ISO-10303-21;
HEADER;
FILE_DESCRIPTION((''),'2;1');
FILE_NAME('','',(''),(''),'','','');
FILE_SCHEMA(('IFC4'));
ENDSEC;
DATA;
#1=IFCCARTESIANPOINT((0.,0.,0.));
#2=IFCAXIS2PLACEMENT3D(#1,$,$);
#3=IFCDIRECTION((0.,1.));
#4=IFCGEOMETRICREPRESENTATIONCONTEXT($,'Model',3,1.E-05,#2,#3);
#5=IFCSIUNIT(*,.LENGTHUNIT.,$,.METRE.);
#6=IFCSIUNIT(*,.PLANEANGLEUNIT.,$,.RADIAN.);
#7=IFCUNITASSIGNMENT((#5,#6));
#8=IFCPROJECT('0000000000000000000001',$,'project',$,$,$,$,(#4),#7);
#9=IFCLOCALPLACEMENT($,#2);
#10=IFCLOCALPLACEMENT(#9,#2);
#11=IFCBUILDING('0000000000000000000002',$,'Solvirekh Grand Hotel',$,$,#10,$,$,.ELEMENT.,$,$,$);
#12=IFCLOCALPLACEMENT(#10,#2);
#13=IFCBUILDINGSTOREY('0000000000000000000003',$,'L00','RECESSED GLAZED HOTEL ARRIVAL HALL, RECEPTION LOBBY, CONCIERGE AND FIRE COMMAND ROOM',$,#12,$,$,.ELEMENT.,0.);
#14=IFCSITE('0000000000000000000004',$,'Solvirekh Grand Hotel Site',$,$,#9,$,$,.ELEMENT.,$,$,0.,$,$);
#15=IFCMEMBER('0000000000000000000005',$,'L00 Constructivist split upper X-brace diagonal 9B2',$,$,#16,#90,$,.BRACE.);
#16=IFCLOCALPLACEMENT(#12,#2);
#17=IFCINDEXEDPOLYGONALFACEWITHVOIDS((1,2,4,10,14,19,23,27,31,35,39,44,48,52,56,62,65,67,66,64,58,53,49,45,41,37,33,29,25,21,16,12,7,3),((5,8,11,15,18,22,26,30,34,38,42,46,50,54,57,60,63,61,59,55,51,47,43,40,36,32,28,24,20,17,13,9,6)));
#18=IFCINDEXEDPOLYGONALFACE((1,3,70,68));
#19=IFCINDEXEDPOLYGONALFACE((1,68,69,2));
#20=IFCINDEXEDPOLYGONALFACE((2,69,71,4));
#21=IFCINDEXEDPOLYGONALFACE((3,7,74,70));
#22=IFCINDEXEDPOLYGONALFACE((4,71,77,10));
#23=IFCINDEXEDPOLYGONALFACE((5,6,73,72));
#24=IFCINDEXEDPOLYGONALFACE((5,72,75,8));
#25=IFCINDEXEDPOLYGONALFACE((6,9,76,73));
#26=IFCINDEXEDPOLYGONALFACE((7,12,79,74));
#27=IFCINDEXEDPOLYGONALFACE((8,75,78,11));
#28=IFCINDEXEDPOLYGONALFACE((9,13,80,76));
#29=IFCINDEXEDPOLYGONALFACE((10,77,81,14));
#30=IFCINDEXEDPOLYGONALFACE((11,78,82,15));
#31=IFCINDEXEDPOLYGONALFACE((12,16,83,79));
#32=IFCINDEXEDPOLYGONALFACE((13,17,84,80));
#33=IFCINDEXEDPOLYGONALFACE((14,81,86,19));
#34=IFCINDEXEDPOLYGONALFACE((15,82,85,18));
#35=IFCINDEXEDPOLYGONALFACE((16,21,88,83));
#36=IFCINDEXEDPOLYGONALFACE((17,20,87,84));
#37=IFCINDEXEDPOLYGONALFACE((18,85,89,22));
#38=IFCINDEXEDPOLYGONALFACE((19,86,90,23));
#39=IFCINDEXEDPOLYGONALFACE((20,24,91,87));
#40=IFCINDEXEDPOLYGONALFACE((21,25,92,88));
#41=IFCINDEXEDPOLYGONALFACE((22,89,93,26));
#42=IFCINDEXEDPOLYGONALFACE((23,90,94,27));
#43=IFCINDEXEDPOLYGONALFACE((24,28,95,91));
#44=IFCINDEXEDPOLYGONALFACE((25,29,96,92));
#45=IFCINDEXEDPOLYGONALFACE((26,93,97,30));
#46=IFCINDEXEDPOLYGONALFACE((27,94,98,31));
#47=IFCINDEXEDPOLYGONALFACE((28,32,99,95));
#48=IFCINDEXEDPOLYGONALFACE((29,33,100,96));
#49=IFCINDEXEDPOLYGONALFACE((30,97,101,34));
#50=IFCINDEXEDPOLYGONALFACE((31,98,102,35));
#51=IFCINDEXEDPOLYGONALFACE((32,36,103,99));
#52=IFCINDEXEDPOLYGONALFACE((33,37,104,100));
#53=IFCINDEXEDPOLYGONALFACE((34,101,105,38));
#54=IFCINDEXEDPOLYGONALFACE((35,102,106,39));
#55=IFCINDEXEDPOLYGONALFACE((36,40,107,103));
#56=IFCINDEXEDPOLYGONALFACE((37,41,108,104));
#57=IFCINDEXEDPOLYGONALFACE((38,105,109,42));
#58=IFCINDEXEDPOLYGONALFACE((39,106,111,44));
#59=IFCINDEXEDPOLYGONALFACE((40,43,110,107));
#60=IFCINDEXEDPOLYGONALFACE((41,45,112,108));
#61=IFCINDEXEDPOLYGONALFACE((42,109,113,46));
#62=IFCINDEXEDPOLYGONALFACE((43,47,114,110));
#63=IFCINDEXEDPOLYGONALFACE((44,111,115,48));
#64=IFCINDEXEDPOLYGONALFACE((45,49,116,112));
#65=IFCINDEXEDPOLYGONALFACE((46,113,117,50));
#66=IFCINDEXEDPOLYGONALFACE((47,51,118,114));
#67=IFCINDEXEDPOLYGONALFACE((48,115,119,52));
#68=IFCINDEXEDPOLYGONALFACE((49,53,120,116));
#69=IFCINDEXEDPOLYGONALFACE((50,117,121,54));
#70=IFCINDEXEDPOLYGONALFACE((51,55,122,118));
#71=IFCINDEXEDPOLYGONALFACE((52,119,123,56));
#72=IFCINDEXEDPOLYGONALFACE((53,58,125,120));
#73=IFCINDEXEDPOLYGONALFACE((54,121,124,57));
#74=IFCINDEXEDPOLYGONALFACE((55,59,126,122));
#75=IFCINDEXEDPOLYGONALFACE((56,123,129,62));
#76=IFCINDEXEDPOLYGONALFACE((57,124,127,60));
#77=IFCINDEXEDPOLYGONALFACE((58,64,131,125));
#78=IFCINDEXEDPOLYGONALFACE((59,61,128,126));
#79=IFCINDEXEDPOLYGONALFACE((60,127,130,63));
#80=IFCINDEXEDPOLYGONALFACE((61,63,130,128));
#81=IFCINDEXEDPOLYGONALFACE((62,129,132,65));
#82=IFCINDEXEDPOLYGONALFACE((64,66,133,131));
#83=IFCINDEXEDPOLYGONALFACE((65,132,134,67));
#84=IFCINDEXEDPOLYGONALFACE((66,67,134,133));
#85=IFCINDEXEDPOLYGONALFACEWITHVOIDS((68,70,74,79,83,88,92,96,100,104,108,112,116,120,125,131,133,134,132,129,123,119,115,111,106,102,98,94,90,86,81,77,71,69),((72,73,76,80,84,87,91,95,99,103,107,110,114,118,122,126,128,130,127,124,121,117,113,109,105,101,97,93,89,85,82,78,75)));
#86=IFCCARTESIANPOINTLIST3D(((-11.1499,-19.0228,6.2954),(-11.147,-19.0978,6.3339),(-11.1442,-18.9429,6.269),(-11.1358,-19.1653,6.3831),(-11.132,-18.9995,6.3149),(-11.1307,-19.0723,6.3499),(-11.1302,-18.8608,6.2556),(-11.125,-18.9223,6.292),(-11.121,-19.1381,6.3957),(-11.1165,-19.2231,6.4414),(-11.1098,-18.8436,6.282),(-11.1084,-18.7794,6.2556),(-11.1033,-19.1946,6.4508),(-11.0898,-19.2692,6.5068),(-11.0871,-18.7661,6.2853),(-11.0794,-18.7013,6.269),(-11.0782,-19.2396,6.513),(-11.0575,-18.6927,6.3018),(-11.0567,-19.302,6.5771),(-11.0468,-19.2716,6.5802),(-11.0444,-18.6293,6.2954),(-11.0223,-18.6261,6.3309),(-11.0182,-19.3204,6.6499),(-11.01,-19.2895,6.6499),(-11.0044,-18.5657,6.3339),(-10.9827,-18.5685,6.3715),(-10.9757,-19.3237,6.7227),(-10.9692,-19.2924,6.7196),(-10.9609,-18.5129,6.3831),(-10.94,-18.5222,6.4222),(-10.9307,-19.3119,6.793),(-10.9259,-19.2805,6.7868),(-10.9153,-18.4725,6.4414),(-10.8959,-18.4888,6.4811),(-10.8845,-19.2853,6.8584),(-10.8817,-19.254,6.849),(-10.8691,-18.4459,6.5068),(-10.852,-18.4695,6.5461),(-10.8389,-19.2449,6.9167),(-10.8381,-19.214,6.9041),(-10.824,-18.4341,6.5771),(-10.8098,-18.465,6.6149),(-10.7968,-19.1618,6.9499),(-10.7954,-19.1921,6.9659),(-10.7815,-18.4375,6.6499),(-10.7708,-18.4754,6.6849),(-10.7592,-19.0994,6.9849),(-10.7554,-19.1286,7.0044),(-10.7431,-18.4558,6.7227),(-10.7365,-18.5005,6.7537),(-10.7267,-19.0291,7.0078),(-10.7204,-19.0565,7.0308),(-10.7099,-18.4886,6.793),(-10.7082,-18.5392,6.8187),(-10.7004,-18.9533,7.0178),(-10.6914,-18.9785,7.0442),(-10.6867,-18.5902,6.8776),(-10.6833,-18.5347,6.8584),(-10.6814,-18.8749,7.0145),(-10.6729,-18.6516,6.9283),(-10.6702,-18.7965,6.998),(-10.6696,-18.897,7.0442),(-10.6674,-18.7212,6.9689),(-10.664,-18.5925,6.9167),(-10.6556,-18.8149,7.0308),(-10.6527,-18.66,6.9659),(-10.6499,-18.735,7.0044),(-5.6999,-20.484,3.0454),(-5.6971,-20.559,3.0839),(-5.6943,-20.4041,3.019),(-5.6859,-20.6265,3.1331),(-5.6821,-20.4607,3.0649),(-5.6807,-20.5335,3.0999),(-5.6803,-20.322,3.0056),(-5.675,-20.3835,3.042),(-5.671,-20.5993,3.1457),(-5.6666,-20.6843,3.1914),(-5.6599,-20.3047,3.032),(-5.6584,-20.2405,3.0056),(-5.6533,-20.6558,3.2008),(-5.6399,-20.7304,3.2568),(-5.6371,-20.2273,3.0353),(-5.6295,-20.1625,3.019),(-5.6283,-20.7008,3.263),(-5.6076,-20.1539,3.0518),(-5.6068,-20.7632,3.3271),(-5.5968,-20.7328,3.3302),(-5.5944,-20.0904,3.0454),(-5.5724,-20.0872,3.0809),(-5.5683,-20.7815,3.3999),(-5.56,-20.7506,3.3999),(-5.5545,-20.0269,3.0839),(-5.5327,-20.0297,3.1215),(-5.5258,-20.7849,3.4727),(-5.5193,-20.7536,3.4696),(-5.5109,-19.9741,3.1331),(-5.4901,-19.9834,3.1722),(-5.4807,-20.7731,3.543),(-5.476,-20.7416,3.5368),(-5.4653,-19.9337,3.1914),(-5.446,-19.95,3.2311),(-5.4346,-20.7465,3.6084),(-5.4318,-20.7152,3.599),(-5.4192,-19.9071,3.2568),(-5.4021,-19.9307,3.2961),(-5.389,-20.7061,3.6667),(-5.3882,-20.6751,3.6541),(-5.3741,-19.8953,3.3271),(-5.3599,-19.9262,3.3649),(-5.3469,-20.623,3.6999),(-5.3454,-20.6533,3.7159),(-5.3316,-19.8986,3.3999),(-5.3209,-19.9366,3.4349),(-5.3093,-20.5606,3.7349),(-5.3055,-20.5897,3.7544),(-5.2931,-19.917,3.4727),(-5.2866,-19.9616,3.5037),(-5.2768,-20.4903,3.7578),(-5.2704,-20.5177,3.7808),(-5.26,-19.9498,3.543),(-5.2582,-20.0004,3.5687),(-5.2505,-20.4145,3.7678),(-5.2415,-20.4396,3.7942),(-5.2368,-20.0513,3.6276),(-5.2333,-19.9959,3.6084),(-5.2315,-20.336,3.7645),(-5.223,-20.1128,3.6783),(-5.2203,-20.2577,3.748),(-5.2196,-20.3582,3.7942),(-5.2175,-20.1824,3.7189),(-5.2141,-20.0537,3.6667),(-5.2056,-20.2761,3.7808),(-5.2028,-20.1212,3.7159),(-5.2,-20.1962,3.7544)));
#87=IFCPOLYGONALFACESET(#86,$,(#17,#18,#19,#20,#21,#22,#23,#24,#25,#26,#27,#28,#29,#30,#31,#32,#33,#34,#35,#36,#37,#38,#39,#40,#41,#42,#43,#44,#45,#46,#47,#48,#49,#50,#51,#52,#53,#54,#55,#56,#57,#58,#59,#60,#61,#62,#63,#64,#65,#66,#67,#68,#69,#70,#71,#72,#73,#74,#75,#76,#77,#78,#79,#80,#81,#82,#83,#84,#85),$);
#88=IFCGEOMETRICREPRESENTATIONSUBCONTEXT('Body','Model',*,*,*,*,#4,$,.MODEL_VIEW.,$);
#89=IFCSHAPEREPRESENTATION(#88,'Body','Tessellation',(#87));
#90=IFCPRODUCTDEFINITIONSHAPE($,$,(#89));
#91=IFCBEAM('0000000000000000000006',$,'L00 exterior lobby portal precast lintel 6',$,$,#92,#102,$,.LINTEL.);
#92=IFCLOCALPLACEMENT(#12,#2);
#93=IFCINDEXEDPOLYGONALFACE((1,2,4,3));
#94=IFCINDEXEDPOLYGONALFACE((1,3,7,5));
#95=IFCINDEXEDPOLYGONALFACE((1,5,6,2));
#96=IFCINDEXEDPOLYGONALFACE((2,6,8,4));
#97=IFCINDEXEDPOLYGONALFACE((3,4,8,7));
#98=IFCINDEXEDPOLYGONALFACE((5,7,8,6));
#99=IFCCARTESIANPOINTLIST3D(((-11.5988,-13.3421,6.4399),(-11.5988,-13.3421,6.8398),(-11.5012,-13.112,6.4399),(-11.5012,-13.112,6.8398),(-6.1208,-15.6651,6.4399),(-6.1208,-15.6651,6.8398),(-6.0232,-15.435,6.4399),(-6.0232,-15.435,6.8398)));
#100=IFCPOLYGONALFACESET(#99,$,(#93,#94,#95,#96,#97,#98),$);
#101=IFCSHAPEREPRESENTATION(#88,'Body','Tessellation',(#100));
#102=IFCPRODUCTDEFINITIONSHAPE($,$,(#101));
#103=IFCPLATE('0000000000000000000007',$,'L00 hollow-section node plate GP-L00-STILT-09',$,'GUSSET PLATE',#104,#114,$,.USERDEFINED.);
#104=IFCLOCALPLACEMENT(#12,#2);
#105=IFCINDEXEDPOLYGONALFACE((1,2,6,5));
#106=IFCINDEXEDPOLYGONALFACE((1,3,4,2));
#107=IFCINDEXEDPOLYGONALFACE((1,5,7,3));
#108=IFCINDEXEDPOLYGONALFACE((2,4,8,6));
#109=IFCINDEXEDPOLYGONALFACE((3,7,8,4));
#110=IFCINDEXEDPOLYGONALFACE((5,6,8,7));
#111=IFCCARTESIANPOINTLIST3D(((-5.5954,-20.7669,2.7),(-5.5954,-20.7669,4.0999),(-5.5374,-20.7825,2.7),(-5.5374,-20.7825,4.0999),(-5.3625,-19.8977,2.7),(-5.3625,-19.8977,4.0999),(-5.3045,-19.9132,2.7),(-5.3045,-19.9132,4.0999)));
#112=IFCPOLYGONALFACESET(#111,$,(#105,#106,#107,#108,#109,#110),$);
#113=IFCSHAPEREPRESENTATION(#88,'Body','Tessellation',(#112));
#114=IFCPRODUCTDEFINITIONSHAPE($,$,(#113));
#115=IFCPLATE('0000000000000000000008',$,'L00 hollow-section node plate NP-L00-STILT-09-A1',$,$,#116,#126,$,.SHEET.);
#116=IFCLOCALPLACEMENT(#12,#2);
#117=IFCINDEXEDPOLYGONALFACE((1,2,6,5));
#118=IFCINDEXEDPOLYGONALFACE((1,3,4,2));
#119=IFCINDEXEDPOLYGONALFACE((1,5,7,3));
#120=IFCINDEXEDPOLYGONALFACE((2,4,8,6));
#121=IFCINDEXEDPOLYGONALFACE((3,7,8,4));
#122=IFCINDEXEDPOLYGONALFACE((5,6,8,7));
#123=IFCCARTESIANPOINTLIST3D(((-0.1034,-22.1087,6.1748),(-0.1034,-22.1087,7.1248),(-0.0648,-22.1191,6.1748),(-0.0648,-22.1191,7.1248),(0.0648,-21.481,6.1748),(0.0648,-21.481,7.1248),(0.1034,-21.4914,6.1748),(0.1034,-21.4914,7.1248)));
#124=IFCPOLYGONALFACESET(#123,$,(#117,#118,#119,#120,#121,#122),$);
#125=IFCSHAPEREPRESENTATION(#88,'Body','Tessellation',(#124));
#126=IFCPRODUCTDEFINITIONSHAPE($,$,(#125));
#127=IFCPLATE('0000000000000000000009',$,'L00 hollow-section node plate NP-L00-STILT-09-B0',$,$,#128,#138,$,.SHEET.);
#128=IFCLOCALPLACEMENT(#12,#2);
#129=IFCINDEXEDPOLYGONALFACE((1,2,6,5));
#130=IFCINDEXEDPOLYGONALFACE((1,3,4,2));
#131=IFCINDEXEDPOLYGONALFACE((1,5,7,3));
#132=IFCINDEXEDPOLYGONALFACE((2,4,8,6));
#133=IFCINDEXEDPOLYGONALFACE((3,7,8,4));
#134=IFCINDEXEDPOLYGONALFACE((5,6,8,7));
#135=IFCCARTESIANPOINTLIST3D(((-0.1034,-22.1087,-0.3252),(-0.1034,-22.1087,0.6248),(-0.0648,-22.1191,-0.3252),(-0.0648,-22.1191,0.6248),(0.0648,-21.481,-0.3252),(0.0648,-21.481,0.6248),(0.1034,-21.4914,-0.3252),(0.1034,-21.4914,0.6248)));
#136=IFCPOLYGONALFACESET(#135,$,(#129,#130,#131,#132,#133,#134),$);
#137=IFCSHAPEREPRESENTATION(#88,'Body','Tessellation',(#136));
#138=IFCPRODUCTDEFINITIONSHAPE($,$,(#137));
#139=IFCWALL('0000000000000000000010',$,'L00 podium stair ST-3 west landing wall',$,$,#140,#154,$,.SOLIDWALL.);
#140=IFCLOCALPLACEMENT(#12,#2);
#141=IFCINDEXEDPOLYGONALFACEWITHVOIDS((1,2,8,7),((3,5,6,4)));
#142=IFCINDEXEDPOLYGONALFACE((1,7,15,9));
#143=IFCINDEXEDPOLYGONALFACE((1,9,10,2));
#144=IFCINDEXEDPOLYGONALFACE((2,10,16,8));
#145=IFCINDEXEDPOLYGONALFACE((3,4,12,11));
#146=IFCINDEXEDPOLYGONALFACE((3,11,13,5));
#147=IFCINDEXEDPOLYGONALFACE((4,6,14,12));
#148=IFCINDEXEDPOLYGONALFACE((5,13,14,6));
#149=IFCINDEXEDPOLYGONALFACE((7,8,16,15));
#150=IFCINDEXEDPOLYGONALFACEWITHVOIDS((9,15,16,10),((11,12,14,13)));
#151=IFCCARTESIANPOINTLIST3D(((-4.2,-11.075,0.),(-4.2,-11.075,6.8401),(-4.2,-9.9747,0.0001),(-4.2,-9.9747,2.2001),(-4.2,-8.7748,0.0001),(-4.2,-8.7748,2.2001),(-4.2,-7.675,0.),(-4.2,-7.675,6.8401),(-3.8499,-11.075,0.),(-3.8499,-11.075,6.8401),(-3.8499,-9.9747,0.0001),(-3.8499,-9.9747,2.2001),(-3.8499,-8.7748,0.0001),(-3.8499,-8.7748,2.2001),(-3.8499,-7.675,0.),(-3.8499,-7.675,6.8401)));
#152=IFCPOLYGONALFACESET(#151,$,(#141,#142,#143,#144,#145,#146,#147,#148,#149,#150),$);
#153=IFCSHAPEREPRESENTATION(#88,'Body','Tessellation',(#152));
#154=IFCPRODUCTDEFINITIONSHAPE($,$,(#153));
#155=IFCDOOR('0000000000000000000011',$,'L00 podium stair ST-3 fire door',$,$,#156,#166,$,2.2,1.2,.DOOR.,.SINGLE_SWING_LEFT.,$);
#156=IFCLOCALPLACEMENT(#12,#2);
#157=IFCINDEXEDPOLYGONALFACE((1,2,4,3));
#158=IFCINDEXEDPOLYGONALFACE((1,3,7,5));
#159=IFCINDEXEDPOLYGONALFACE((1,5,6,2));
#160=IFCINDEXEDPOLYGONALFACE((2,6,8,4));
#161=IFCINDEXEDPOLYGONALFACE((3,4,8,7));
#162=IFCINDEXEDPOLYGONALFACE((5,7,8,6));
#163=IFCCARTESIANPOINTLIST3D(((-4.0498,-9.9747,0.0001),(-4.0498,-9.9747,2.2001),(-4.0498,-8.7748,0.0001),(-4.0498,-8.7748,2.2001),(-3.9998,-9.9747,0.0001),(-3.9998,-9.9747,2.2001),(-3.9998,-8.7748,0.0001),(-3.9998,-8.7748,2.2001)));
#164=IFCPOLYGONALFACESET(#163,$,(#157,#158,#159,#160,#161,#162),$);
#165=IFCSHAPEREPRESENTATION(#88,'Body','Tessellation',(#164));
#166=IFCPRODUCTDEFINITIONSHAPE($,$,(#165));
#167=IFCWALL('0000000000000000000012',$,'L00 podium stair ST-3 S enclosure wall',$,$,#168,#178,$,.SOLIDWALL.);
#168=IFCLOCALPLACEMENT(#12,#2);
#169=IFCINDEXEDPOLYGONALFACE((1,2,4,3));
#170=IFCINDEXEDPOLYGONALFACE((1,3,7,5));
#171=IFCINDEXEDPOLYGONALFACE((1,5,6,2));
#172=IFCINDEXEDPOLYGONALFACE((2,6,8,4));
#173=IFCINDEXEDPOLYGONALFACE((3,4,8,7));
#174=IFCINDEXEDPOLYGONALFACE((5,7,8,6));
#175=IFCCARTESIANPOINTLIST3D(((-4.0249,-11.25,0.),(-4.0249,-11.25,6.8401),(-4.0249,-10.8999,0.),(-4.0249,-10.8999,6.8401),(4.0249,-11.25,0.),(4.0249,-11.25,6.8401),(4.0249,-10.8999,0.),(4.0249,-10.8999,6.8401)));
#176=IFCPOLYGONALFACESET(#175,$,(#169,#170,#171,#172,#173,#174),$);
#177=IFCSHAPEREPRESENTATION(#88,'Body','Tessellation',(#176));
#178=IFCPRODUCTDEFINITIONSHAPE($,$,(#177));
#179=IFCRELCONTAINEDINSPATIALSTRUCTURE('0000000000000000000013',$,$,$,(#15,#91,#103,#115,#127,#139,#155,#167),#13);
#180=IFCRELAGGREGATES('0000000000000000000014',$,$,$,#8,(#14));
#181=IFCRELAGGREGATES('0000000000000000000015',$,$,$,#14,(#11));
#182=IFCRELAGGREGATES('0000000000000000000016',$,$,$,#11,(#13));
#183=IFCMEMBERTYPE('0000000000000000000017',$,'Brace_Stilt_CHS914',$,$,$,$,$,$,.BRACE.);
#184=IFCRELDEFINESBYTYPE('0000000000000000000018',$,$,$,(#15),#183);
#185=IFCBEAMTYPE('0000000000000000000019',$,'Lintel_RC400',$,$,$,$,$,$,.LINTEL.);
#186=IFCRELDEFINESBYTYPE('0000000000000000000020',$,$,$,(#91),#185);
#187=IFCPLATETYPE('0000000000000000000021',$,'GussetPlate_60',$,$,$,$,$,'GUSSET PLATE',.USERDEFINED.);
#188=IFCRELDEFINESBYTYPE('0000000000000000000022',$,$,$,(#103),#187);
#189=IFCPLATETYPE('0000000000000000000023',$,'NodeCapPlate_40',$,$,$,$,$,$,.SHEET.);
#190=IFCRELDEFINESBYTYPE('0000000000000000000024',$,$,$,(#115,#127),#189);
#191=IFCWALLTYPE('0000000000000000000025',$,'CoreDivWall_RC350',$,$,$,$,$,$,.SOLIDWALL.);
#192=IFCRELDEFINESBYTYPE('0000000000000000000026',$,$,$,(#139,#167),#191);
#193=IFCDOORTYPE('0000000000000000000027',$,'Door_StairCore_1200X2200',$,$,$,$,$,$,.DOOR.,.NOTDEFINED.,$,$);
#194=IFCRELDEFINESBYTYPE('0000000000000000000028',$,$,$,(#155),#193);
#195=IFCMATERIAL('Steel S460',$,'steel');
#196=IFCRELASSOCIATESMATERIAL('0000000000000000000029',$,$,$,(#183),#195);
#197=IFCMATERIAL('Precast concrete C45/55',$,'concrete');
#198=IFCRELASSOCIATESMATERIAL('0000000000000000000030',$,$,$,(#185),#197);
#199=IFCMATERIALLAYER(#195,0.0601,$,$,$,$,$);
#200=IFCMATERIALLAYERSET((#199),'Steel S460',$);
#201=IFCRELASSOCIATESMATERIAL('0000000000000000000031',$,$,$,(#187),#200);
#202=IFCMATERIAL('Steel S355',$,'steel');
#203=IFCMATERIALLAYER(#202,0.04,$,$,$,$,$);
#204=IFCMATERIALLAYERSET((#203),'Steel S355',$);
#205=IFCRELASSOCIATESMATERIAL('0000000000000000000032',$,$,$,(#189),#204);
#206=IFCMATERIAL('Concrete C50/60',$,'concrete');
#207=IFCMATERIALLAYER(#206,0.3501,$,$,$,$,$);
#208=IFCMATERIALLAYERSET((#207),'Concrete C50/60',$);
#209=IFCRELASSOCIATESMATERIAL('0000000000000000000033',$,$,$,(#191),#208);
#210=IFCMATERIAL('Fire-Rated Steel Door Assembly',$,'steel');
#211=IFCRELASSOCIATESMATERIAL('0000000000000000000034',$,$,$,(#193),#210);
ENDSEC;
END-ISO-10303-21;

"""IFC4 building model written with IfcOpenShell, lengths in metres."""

from ifc_helpers import new_model, si_unit, direction, frame, frame_2d, origin, origin_2d, place, context, subcontext, project, spatial, rectangle, hollow_circle, extrude, material, layer, layer_set, material_profile, profile_set, type_object, element, fill, save


model = new_model("IFC4")

# Units and contexts
model_context = context("Model", 3, precision=1e-05, world=origin(), true_north=direction((0.0, 1.0)))
body_context = subcontext(model_context, "Body", "Model", "MODEL_VIEW")
ifc_project = project(units=[si_unit("LENGTHUNIT", "METRE"), si_unit("PLANEANGLEUNIT", "RADIAN")], contexts=[model_context])

# Site, building, storey
site_placement = place(None, origin())
site = spatial("IfcSite", under=ifc_project, at=site_placement, Name="Solvirekh Grand Hotel Site", CompositionType="ELEMENT", RefElevation=0.0)
building_placement = place(site_placement, origin())
building = spatial("IfcBuilding", under=site, at=building_placement, Name="Solvirekh Grand Hotel", CompositionType="ELEMENT")
storey_placement = place(building_placement, origin())
storey = spatial("IfcBuildingStorey", under=building, at=storey_placement, Name="L00", Description="RECESSED GLAZED HOTEL ARRIVAL HALL, RECEPTION LOBBY, CONCIERGE AND FIRE COMMAND ROOM", CompositionType="ELEMENT", Elevation=0.0)

# Shared definitions
ifc_material_1 = material(Name="Steel S355", Category="steel")

# Member
ifc_material_2 = material(Name="Steel S460", Category="steel")
ifc_material_profile_1 = material_profile(ifc_material_2, hollow_circle(Radius=0.457, WallThickness=0.032, at=origin_2d()), Name="CHS 914X32")
ifc_profile_set_1 = profile_set([ifc_material_profile_1], Name="Steel S460")
member_type = type_object("IfcMemberType", Name="Brace_Stilt_CHS914", PredefinedType="BRACE", material=ifc_profile_set_1)
member_1_placement = place(storey_placement, frame((-5.45, -20.3401, 3.3999), z_axis=(-0.836974, 0.2244, 0.499118), x_axis=(-0.258963, -0.965887, 0.0)))
element("IfcMember", 1, at=member_1_placement, inside=storey, type_object=member_type, Name="L00 Constructivist split upper X-brace diagonal 9B2", PredefinedType="BRACE", context=body_context, shape_type="SweptSolid", body=[
    extrude(hollow_circle(Radius=0.457, WallThickness=0.032, at=origin_2d()), origin(), (0.0, 0.0, 1.0), 6.5115),
])

# Beam
ifc_material_3 = material(Name="Precast concrete C45/55", Category="concrete")
ifc_material_profile_2 = material_profile(ifc_material_3, rectangle(XDim=0.25, YDim=0.3999, at=origin_2d()), Name="RC LINTEL 250X400")
ifc_profile_set_2 = profile_set([ifc_material_profile_2], Name="Precast concrete C45/55")
beam_type = type_object("IfcBeamType", Name="Lintel_RC400", PredefinedType="LINTEL", material=ifc_profile_set_2)
beam_placement = place(storey_placement, frame((-6.072, -15.55, 6.6399), z_axis=(-0.920643, 0.390405, 0.0), x_axis=(-0.390405, -0.920643, 0.0)))
element("IfcBeam", 2, at=beam_placement, inside=storey, type_object=beam_type, Name="L00 exterior lobby portal precast lintel 6", PredefinedType="LINTEL", context=body_context, shape_type="SweptSolid", body=[
    extrude(rectangle(XDim=0.25, YDim=0.3999, at=origin_2d()), origin(), (0.0, 0.0, 1.0), 5.9502),
])

# Plates
ifc_layer_1 = layer(ifc_material_2, 0.0601)
ifc_layer_set_1 = layer_set([ifc_layer_1], Name="Steel S460")
plate_type_1 = type_object("IfcPlateType", Name="GussetPlate_60", ElementType="GUSSET PLATE", PredefinedType="USERDEFINED", material=ifc_layer_set_1)
plate_placement = place(storey_placement, frame((-5.45, -20.3401, 2.7), z_axis=(0.0, 0.0, 1.0), x_axis=(0.965926, -0.258819, 0.0)))
element("IfcPlate", 3, at=plate_placement, inside=storey, type_object=plate_type_1, Name="L00 hollow-section node plate GP-L00-STILT-09", ObjectType="GUSSET PLATE", PredefinedType="USERDEFINED", context=body_context, shape_type="SweptSolid", body=[
    extrude(rectangle(XDim=0.0601, YDim=0.8999, at=origin_2d()), origin(), (0.0, 0.0, 1.0), 1.3999),
])
ifc_layer_2 = layer(ifc_material_1, 0.04)
ifc_layer_set_2 = layer_set([ifc_layer_2], Name="Steel S355")
plate_type_2 = type_object("IfcPlateType", Name="NodeCapPlate_40", PredefinedType="SHEET", material=ifc_layer_set_2)
for number, where, z_axis, x_axis, name in (
    (4, (0.0, -21.8, 6.1748), (0.0, 0.0, 1.0), (0.965926, -0.258819, 0.0), "L00 hollow-section node plate NP-L00-STILT-09-A1"),
    (5, (0.0, -21.8, -0.3252), (0.0, 0.0, 1.0), (0.965926, -0.258819, 0.0), "L00 hollow-section node plate NP-L00-STILT-09-B0"),
):
    element("IfcPlate", number, at=place(storey_placement, frame(where, z_axis=z_axis, x_axis=x_axis)), inside=storey, type_object=plate_type_2, Name=name, PredefinedType="SHEET", context=body_context, shape_type="SweptSolid", body=[
        extrude(rectangle(XDim=0.04, YDim=0.6499, at=origin_2d()), origin(), (0.0, 0.0, 1.0), 0.95),
    ])

# Wall, opening, door
ifc_material_4 = material(Name="Concrete C50/60", Category="concrete")
ifc_layer_3 = layer(ifc_material_4, 0.3501)
ifc_layer_set_3 = layer_set([ifc_layer_3], Name="Concrete C50/60")
wall_type_1 = type_object("IfcWallType", Name="CoreDivWall_RC350", PredefinedType="SOLIDWALL", material=ifc_layer_set_3)
wall_1_placement = place(storey_placement, frame((-4.0249, -11.075, 0.0), z_axis=(0.0, 0.0, 1.0), x_axis=(0.0, 1.0, 0.0)))
wall_1 = element("IfcWall", 6, at=wall_1_placement, inside=storey, type_object=wall_type_1, Name="L00 podium stair ST-3 west landing wall", PredefinedType="SOLIDWALL", context=body_context, shape_type="SweptSolid", body=[
    extrude(rectangle(XDim=3.3999, YDim=0.3501, at=frame_2d((1.7, 0.0))), origin(), (0.0, 0.0, 1.0), 6.8401),
])
opening_1_placement = place(wall_1_placement, frame((1.1001, 0.0, 0.0)))
opening_1 = element("IfcOpeningElement", 7, at=opening_1_placement, cuts=wall_1, PredefinedType="OPENING", context=body_context, shape_type="SweptSolid", body=[
    extrude(rectangle(XDim=1.2, YDim=2.2, at=frame_2d((0.6001, 1.1001))), frame((0.0, 0.1851, 0.0), z_axis=(0.0, -1.0, 0.0), x_axis=(1.0, 0.0, 0.0)), (0.0, 0.0, 1.0), 0.3701),
])
ifc_material_5 = material(Name="Fire-Rated Steel Door Assembly", Category="steel")
door_type_1 = type_object("IfcDoorType", Name="Door_StairCore_1200X2200", OperationType="NOTDEFINED", PredefinedType="DOOR", material=ifc_material_5)
door_1_placement = place(opening_1_placement, origin())
door_1 = element("IfcDoor", 8, at=door_1_placement, inside=storey, type_object=door_type_1, Name="L00 podium stair ST-3 fire door", OperationType="SINGLE_SWING_LEFT", OverallHeight=2.2, OverallWidth=1.2, PredefinedType="DOOR", context=body_context, shape_type="SweptSolid", body=[
    extrude(rectangle(XDim=1.2, YDim=2.2, at=frame_2d((0.6001, 1.1001))), frame((0.0, 0.0249, 0.0), z_axis=(0.0, -1.0, 0.0), x_axis=(1.0, 0.0, 0.0)), (0.0, 0.0, 1.0), 0.05),
])
fill(opening_1, door_1)

# Wall
wall_2_placement = place(storey_placement, frame((-4.0249, -11.075, 0.0), z_axis=(0.0, 0.0, 1.0), x_axis=(1.0, 0.0, 0.0)))
element("IfcWall", 9, at=wall_2_placement, inside=storey, type_object=wall_type_1, Name="L00 podium stair ST-3 S enclosure wall", PredefinedType="SOLIDWALL", context=body_context, shape_type="SweptSolid", body=[
    extrude(rectangle(XDim=8.0498, YDim=0.3501, at=frame_2d((4.0249, 0.0))), origin(), (0.0, 0.0, 1.0), 6.8401),
])

save(model, "model.ifc")
